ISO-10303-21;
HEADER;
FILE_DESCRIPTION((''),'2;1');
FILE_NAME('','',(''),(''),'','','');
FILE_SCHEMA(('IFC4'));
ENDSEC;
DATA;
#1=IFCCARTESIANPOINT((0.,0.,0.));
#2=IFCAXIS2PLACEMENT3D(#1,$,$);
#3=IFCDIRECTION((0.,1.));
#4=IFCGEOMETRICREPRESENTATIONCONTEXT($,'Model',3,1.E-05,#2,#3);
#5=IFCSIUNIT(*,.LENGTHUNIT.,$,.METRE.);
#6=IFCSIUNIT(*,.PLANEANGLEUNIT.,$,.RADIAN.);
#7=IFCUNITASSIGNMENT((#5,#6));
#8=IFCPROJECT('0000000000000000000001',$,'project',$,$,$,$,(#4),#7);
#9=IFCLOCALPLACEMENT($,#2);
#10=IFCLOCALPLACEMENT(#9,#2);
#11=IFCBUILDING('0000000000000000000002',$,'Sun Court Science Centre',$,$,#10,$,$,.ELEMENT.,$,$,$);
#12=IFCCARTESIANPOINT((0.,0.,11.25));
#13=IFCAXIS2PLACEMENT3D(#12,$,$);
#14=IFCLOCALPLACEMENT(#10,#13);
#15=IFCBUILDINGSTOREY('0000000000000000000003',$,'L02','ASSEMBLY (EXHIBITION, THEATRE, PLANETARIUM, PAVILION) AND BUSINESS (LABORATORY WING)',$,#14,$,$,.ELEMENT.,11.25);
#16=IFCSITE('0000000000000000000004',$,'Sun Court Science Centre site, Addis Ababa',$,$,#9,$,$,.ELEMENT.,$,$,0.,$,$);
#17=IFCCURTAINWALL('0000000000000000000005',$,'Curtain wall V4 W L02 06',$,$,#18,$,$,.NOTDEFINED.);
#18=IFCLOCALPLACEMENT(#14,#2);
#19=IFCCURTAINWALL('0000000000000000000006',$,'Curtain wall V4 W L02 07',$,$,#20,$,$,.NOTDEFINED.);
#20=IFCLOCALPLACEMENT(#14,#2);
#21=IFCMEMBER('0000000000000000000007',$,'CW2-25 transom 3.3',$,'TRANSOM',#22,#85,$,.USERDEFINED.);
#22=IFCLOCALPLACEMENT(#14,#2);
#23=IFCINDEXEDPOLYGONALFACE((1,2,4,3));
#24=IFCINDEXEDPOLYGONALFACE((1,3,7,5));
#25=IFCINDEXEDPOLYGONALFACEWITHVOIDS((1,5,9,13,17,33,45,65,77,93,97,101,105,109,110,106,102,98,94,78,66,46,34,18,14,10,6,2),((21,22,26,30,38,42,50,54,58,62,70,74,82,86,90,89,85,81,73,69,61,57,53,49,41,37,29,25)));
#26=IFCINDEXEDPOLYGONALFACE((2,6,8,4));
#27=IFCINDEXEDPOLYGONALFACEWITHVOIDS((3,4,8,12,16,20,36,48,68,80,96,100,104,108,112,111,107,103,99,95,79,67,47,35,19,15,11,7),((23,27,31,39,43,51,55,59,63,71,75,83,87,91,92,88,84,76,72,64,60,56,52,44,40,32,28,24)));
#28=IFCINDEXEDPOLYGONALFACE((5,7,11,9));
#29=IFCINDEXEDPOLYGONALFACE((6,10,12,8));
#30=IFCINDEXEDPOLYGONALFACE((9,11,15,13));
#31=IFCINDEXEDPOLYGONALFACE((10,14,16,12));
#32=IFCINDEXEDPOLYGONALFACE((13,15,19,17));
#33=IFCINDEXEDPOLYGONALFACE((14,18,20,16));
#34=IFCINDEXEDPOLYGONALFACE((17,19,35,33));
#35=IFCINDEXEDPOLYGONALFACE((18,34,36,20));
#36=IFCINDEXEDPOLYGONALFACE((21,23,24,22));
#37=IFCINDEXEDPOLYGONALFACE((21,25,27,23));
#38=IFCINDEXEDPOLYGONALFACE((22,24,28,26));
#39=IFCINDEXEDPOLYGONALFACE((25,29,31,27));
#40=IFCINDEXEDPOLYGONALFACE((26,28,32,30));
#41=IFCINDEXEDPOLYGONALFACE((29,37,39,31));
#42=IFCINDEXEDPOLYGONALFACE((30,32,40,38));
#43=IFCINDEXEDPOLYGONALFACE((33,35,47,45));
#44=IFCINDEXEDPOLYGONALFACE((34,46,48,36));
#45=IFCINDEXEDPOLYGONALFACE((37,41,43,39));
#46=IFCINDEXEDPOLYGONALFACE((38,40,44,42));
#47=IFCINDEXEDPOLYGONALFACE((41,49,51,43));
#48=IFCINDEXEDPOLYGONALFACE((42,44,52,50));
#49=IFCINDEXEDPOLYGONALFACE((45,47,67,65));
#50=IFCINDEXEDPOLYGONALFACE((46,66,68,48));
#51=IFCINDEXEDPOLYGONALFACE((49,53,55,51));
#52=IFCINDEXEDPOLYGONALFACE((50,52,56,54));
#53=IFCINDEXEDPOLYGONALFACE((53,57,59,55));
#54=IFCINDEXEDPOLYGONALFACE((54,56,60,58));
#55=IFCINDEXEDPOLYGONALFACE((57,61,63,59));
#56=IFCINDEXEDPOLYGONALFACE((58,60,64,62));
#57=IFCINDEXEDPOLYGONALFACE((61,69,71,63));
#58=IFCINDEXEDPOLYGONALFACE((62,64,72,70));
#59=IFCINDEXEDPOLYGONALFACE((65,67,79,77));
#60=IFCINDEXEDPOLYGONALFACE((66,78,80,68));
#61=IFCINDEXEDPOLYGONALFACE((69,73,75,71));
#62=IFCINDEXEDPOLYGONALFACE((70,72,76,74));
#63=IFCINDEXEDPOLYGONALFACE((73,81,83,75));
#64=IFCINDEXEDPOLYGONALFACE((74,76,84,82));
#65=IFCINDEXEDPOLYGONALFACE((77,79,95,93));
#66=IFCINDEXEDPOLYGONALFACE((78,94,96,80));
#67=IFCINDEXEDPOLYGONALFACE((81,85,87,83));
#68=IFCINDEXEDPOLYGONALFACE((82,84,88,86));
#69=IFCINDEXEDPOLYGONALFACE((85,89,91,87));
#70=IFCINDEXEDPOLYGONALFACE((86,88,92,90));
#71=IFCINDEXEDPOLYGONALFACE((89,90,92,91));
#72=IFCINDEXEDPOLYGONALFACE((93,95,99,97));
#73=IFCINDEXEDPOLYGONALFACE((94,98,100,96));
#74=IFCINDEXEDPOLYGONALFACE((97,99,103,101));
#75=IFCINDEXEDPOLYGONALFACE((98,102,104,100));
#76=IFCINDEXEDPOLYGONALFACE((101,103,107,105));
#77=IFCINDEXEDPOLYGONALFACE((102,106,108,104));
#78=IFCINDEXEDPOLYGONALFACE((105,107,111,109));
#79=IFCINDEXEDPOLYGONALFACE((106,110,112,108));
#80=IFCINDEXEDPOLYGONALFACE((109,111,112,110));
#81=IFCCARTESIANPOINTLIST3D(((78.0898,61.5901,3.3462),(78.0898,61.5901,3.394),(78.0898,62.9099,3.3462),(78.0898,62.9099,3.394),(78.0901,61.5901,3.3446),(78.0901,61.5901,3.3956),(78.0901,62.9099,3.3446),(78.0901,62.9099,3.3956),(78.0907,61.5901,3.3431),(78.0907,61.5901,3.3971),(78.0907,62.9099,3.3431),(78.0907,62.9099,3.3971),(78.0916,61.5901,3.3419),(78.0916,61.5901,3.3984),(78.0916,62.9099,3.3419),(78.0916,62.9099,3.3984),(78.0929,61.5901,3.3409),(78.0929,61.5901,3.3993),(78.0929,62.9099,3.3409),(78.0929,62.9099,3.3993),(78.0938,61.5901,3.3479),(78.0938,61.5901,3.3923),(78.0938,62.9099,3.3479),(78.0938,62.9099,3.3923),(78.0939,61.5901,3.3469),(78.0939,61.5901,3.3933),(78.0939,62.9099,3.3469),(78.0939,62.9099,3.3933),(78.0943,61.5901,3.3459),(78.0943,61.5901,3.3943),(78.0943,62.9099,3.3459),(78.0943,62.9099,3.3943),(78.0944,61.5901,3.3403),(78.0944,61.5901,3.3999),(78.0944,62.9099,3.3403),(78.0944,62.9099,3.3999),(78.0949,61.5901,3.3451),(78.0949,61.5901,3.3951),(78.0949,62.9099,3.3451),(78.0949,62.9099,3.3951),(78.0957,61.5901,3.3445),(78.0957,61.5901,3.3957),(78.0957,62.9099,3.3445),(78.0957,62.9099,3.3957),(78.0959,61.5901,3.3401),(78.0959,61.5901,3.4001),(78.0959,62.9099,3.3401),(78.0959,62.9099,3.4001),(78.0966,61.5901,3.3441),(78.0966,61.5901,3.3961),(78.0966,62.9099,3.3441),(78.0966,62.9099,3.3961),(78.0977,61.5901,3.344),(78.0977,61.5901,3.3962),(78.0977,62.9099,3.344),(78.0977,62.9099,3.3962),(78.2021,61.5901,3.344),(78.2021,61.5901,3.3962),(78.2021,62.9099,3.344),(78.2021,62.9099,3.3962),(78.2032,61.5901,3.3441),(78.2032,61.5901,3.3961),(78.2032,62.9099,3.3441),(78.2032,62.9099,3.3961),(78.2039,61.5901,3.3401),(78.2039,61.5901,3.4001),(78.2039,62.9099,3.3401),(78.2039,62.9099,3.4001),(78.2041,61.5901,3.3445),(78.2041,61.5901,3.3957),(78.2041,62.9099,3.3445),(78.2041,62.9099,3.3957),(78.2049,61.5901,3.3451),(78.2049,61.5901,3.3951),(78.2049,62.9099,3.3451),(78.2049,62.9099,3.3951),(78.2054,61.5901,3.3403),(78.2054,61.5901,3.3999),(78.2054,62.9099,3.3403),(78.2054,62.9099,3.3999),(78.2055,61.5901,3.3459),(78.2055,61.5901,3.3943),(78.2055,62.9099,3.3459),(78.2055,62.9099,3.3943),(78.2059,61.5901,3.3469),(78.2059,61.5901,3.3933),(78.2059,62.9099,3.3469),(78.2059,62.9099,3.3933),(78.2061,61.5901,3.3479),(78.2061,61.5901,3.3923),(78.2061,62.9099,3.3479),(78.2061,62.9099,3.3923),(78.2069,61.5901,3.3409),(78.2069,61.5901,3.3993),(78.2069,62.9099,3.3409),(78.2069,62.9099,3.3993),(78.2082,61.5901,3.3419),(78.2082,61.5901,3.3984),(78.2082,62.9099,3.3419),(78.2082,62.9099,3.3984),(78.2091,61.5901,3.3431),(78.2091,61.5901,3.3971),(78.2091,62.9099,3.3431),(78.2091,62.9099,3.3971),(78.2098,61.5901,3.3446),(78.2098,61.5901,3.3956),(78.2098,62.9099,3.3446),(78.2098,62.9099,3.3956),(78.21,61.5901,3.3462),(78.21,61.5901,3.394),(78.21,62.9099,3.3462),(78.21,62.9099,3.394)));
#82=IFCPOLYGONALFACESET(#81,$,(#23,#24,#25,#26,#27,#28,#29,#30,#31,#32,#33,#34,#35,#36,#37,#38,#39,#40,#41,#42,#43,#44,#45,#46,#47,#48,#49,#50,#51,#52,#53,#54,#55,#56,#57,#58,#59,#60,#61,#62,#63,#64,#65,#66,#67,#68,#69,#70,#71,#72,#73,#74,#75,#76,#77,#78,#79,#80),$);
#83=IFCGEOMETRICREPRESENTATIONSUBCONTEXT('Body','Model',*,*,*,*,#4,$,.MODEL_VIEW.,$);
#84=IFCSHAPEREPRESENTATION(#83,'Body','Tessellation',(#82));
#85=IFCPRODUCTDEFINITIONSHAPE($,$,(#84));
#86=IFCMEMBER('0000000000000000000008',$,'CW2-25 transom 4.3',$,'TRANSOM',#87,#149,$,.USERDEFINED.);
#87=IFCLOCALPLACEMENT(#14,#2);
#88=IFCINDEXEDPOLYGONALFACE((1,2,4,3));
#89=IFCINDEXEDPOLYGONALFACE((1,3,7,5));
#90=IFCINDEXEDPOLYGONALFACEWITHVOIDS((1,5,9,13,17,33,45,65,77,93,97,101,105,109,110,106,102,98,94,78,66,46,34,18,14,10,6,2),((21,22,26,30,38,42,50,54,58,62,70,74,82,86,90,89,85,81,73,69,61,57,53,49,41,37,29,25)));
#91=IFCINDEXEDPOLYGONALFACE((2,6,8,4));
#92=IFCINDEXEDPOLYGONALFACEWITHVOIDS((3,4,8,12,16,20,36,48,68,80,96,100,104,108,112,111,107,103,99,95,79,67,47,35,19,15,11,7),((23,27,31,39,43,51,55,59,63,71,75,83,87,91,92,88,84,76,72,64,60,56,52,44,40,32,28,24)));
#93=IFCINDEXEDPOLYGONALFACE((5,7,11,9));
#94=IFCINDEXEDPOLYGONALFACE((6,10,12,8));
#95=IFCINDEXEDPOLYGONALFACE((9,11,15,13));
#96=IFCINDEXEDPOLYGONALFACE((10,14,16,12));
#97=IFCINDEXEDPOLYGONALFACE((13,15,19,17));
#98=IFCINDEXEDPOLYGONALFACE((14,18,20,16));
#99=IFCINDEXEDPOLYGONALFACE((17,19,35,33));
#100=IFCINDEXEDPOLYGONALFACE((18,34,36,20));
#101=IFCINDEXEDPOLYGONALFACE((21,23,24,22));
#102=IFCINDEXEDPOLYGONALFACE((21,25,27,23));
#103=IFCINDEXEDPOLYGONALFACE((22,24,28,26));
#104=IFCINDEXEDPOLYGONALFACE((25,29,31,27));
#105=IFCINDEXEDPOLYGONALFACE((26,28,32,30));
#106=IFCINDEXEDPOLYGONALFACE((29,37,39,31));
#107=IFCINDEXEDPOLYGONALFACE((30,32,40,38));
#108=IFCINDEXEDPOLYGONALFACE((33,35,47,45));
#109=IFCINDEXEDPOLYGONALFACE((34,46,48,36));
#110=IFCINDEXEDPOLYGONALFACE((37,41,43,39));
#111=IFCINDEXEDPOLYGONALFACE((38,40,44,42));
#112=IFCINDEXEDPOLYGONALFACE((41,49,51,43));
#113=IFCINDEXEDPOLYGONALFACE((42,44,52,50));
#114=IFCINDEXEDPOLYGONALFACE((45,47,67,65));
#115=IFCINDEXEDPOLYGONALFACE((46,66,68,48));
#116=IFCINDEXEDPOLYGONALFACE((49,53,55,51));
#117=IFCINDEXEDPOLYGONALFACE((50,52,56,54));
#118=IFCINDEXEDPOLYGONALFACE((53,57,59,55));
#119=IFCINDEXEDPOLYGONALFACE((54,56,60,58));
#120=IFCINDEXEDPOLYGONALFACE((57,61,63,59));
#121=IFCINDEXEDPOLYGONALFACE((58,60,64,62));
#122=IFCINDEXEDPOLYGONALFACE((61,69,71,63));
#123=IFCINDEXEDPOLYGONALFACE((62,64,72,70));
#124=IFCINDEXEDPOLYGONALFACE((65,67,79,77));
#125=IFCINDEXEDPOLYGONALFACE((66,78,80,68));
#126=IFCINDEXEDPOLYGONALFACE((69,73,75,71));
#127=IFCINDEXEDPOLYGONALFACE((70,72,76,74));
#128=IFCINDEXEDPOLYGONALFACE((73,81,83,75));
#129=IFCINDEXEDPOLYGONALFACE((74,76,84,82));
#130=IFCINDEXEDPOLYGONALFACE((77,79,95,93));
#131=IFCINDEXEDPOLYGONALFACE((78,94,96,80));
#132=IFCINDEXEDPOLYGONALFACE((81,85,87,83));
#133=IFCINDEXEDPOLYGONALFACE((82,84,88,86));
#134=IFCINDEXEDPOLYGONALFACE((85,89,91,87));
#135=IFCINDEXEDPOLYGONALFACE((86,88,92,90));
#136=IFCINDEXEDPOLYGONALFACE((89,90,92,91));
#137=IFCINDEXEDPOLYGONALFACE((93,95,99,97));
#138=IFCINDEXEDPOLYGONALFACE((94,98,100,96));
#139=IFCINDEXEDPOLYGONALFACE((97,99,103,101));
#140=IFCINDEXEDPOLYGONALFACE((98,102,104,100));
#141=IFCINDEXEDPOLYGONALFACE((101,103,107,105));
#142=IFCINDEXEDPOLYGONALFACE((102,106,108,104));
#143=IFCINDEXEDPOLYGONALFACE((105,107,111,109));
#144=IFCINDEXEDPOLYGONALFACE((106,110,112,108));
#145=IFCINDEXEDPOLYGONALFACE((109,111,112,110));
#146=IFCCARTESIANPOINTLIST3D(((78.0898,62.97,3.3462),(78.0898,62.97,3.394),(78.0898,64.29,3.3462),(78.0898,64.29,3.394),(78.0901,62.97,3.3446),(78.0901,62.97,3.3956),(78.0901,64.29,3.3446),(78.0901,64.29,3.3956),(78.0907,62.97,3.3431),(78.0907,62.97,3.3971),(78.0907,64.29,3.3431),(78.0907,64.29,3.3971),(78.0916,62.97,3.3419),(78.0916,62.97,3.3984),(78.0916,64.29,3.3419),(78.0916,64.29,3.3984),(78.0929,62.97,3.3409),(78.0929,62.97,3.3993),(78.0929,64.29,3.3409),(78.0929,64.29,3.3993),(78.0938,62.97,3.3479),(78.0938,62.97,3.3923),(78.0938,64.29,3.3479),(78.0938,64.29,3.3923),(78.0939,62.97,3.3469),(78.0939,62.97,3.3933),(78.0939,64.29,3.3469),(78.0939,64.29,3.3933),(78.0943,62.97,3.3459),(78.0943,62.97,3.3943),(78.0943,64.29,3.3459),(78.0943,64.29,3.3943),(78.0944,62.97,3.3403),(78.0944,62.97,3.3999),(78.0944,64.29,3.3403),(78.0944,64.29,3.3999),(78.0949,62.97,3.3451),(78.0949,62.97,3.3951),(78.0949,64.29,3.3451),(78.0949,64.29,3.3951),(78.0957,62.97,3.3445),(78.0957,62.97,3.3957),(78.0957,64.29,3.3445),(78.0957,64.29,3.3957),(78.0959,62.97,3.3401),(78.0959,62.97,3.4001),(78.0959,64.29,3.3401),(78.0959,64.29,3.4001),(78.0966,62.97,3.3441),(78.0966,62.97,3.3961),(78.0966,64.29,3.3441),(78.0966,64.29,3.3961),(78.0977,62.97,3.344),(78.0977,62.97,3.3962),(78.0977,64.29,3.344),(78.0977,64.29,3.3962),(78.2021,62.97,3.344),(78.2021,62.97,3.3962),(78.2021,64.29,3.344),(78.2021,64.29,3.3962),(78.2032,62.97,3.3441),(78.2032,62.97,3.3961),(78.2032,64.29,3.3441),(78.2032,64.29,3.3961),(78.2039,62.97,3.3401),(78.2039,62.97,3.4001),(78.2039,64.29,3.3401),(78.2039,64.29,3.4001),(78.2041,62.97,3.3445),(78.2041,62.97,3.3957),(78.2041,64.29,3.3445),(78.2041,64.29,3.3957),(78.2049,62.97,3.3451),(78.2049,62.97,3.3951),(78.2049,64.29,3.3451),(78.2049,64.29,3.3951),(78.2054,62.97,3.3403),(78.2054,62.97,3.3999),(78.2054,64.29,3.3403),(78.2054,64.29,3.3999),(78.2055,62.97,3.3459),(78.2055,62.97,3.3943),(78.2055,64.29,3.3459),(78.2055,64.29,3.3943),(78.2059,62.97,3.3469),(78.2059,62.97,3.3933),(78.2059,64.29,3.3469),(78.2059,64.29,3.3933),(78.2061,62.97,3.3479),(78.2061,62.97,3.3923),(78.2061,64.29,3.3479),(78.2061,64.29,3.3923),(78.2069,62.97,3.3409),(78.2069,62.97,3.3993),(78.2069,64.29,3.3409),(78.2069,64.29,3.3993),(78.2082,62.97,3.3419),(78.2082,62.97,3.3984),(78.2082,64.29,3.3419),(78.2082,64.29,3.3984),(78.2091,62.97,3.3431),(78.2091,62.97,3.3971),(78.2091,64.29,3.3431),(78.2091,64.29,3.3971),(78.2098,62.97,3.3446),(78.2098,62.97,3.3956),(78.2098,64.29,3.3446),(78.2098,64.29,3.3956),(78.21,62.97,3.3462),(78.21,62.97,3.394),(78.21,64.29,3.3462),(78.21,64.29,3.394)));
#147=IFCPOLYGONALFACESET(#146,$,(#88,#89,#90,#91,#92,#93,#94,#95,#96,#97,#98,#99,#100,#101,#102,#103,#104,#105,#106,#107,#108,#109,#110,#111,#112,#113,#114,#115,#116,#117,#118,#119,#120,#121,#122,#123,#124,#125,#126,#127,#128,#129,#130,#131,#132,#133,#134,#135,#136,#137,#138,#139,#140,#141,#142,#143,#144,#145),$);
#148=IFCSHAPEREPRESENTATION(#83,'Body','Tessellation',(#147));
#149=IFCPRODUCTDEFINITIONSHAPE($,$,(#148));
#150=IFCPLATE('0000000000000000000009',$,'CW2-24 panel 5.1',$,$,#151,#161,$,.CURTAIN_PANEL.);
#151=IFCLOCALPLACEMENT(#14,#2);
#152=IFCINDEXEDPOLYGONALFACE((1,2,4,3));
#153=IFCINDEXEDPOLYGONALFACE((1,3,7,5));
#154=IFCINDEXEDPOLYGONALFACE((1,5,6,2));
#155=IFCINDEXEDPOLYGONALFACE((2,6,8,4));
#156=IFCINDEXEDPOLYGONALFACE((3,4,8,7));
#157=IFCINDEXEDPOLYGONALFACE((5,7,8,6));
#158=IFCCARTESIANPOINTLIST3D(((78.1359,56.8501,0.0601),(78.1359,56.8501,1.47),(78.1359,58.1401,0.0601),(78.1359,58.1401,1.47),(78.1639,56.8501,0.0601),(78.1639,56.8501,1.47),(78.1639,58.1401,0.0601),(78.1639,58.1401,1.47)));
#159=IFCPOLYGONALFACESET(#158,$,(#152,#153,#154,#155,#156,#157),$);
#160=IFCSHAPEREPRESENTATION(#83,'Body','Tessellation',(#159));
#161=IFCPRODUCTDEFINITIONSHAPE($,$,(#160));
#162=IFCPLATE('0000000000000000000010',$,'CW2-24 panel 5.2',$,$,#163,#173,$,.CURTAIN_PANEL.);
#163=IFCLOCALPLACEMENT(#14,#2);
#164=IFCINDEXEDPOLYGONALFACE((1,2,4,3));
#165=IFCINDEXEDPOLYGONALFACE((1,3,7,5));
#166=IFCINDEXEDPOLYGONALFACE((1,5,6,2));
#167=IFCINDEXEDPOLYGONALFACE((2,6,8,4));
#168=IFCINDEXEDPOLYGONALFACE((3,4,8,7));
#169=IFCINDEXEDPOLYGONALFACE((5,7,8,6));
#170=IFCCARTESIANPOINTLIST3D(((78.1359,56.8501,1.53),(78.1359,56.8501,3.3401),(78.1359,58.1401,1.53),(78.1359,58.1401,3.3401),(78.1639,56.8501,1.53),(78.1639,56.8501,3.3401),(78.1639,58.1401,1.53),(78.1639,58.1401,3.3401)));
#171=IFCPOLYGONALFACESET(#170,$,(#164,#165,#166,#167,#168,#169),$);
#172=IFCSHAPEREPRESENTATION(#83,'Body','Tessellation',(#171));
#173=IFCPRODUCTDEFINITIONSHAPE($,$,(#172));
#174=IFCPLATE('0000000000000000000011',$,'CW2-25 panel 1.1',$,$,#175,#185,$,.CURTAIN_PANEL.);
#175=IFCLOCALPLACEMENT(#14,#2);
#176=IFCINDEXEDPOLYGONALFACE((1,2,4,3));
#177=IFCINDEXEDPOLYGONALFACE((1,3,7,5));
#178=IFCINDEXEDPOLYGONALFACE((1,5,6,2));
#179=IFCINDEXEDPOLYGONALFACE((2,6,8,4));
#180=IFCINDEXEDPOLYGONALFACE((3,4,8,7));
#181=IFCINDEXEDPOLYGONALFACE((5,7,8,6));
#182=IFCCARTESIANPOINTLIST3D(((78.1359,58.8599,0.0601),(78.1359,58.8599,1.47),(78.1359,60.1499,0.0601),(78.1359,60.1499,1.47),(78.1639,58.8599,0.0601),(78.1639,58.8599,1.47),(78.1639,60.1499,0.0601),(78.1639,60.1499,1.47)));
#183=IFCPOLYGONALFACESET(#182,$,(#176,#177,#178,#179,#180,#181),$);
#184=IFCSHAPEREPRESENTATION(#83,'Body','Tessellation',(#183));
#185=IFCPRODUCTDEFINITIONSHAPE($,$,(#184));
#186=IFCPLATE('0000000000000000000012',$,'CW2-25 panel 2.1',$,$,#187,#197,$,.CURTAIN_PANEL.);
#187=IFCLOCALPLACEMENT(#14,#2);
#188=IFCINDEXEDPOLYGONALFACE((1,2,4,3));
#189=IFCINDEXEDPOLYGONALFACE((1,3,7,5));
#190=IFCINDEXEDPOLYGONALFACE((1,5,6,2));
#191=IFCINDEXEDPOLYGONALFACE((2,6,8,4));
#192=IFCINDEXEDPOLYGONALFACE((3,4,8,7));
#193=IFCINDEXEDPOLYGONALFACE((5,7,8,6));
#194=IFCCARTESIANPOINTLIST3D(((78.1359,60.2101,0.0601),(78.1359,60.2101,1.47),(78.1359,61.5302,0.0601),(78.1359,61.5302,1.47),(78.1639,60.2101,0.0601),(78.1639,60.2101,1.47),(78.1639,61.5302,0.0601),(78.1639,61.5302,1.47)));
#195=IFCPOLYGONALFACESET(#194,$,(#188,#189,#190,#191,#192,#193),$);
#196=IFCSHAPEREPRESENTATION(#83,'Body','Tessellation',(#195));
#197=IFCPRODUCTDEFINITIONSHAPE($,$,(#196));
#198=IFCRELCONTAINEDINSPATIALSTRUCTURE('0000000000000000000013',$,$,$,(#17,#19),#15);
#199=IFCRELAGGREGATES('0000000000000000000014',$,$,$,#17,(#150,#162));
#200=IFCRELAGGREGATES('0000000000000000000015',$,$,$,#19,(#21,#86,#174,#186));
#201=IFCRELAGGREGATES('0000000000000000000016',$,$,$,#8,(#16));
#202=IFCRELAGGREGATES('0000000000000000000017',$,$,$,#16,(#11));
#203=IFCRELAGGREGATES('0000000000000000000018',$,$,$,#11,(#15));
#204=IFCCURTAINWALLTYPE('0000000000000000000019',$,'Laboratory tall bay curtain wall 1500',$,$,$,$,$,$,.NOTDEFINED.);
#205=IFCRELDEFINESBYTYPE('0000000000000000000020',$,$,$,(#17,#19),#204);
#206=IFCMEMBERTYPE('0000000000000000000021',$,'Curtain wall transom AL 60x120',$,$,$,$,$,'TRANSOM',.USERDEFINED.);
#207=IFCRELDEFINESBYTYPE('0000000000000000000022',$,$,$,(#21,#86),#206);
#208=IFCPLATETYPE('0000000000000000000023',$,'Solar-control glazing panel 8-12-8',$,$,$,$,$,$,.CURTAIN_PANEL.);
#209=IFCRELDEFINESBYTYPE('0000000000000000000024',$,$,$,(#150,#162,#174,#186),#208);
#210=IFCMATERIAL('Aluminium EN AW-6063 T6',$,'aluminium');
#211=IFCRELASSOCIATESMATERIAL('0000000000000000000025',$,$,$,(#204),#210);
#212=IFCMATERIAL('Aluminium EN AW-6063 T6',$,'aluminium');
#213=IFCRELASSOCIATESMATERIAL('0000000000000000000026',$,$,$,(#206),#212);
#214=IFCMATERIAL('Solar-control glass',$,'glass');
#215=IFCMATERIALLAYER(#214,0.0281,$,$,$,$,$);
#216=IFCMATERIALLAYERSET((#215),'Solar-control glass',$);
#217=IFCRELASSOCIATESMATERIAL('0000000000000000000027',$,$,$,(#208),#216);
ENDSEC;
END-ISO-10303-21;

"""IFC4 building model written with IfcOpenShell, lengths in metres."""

from ifc_helpers import new_model, si_unit, direction, frame, origin, origin_2d, place, context, subcontext, project, spatial, rectangle, hollow_rectangle, extrude, material, layer, layer_set, material_profile, profile_set, type_object, element, aggregate, save


model = new_model("IFC4")

# Units and contexts
model_context = context("Model", 3, precision=1e-05, world=origin(), true_north=direction((0.0, 1.0)))
body_context = subcontext(model_context, "Body", "Model", "MODEL_VIEW")
ifc_project = project(units=[si_unit("LENGTHUNIT", "METRE"), si_unit("PLANEANGLEUNIT", "RADIAN")], contexts=[model_context])

# Site, building, storey
site_placement = place(None, origin())
site = spatial("IfcSite", under=ifc_project, at=site_placement, Name="Sun Court Science Centre site, Addis Ababa", CompositionType="ELEMENT", RefElevation=0.0)
building_placement = place(site_placement, origin())
building = spatial("IfcBuilding", under=site, at=building_placement, Name="Sun Court Science Centre", CompositionType="ELEMENT")
storey_placement = place(building_placement, frame((0.0, 0.0, 11.25)))
storey = spatial("IfcBuildingStorey", under=building, at=storey_placement, Name="L02", Description="ASSEMBLY (EXHIBITION, THEATRE, PLANETARIUM, PAVILION) AND BUSINESS (LABORATORY WING)", CompositionType="ELEMENT", Elevation=11.25)

# Curtain wall
ifc_material_1 = material(Name="Aluminium EN AW-6063 T6", Category="aluminium")
curtain_wall_type = type_object("IfcCurtainWallType", Name="Laboratory tall bay curtain wall 1500", PredefinedType="NOTDEFINED", material=ifc_material_1)
curtain_wall_1_placement = place(storey_placement, origin())
curtain_wall_1 = element("IfcCurtainWall", 1, at=curtain_wall_1_placement, inside=storey, type_object=curtain_wall_type, Name="Curtain wall V4 W L02 06", PredefinedType="NOTDEFINED")

# Curtain wall
curtain_wall_2_placement = place(storey_placement, origin())
curtain_wall_2 = element("IfcCurtainWall", 2, at=curtain_wall_2_placement, inside=storey, type_object=curtain_wall_type, Name="Curtain wall V4 W L02 07", PredefinedType="NOTDEFINED")

# Members
ifc_material_2 = material(Name="Aluminium EN AW-6063 T6", Category="aluminium")
ifc_material_profile_1 = material_profile(ifc_material_2, hollow_rectangle(XDim=0.0601, YDim=0.1201, WallThickness=0.0039, InnerFilletRadius=0.0039, OuterFilletRadius=0.0061, at=origin_2d()), Name="AL 60x120x4")
ifc_profile_set_1 = profile_set([ifc_material_profile_1], Name="Aluminium EN AW-6063 T6")
member_type_1 = type_object("IfcMemberType", Name="Curtain wall transom AL 60x120", ElementType="TRANSOM", PredefinedType="USERDEFINED", material=ifc_profile_set_1)
member_1_placement = place(storey_placement, frame((78.1499, 61.5901, 3.3701), z_axis=(0.0, 1.0, 0.0), x_axis=(0.0, 0.0, 1.0)))
member_1 = element("IfcMember", 3, at=member_1_placement, type_object=member_type_1, Name="CW2-25 transom 3.3", ObjectType="TRANSOM", PredefinedType="USERDEFINED", context=body_context, shape_type="SweptSolid", body=[
    extrude(hollow_rectangle(XDim=0.0601, YDim=0.1201, WallThickness=0.0039, InnerFilletRadius=0.0039, OuterFilletRadius=0.0061, at=origin_2d()), origin(), (0.0, 0.0, 1.0), 1.3198),
])
member_2_placement = place(storey_placement, frame((78.1499, 62.97, 3.3701), z_axis=(0.0, 1.0, 0.0), x_axis=(0.0, 0.0, 1.0)))
member_2 = element("IfcMember", 4, at=member_2_placement, type_object=member_type_1, Name="CW2-25 transom 4.3", ObjectType="TRANSOM", PredefinedType="USERDEFINED", context=body_context, shape_type="SweptSolid", body=[
    extrude(hollow_rectangle(XDim=0.0601, YDim=0.1201, WallThickness=0.0039, InnerFilletRadius=0.0039, OuterFilletRadius=0.0061, at=origin_2d()), origin(), (0.0, 0.0, 1.0), 1.3201),
])

# Plates
ifc_material_3 = material(Name="Solar-control glass", Category="glass")
ifc_layer = layer(ifc_material_3, 0.0281)
ifc_layer_set = layer_set([ifc_layer], Name="Solar-control glass")
plate_type = type_object("IfcPlateType", Name="Solar-control glazing panel 8-12-8", PredefinedType="CURTAIN_PANEL", material=ifc_layer_set)
plate_1_placement = place(storey_placement, frame((78.1499, 57.4951, 0.0601), z_axis=(0.0, 0.0, 1.0), x_axis=(0.0, 1.0, 0.0)))
plate_1 = element("IfcPlate", 5, at=plate_1_placement, type_object=plate_type, Name="CW2-24 panel 5.1", PredefinedType="CURTAIN_PANEL", context=body_context, shape_type="SweptSolid", body=[
    extrude(rectangle(XDim=1.29, YDim=0.0281, at=origin_2d()), origin(), (0.0, 0.0, 1.0), 1.4099),
])
plate_2_placement = place(storey_placement, frame((78.1499, 57.4951, 1.53), z_axis=(0.0, 0.0, 1.0), x_axis=(0.0, 1.0, 0.0)))
plate_2 = element("IfcPlate", 6, at=plate_2_placement, type_object=plate_type, Name="CW2-24 panel 5.2", PredefinedType="CURTAIN_PANEL", context=body_context, shape_type="SweptSolid", body=[
    extrude(rectangle(XDim=1.29, YDim=0.0281, at=origin_2d()), origin(), (0.0, 0.0, 1.0), 1.8101),
])
aggregate(curtain_wall_1, [plate_1, plate_2])
plate_3_placement = place(storey_placement, frame((78.1499, 59.5049, 0.0601), z_axis=(0.0, 0.0, 1.0), x_axis=(0.0, 1.0, 0.0)))
plate_3 = element("IfcPlate", 7, at=plate_3_placement, type_object=plate_type, Name="CW2-25 panel 1.1", PredefinedType="CURTAIN_PANEL", context=body_context, shape_type="SweptSolid", body=[
    extrude(rectangle(XDim=1.29, YDim=0.0281, at=origin_2d()), origin(), (0.0, 0.0, 1.0), 1.4099),
])
plate_4_placement = place(storey_placement, frame((78.1499, 60.8701, 0.0601), z_axis=(0.0, 0.0, 1.0), x_axis=(0.0, 1.0, 0.0)))
plate_4 = element("IfcPlate", 8, at=plate_4_placement, type_object=plate_type, Name="CW2-25 panel 2.1", PredefinedType="CURTAIN_PANEL", context=body_context, shape_type="SweptSolid", body=[
    extrude(rectangle(XDim=1.3201, YDim=0.0281, at=origin_2d()), origin(), (0.0, 0.0, 1.0), 1.4099),
])
aggregate(curtain_wall_2, [member_1, member_2, plate_3, plate_4])

save(model, "model.ifc")
